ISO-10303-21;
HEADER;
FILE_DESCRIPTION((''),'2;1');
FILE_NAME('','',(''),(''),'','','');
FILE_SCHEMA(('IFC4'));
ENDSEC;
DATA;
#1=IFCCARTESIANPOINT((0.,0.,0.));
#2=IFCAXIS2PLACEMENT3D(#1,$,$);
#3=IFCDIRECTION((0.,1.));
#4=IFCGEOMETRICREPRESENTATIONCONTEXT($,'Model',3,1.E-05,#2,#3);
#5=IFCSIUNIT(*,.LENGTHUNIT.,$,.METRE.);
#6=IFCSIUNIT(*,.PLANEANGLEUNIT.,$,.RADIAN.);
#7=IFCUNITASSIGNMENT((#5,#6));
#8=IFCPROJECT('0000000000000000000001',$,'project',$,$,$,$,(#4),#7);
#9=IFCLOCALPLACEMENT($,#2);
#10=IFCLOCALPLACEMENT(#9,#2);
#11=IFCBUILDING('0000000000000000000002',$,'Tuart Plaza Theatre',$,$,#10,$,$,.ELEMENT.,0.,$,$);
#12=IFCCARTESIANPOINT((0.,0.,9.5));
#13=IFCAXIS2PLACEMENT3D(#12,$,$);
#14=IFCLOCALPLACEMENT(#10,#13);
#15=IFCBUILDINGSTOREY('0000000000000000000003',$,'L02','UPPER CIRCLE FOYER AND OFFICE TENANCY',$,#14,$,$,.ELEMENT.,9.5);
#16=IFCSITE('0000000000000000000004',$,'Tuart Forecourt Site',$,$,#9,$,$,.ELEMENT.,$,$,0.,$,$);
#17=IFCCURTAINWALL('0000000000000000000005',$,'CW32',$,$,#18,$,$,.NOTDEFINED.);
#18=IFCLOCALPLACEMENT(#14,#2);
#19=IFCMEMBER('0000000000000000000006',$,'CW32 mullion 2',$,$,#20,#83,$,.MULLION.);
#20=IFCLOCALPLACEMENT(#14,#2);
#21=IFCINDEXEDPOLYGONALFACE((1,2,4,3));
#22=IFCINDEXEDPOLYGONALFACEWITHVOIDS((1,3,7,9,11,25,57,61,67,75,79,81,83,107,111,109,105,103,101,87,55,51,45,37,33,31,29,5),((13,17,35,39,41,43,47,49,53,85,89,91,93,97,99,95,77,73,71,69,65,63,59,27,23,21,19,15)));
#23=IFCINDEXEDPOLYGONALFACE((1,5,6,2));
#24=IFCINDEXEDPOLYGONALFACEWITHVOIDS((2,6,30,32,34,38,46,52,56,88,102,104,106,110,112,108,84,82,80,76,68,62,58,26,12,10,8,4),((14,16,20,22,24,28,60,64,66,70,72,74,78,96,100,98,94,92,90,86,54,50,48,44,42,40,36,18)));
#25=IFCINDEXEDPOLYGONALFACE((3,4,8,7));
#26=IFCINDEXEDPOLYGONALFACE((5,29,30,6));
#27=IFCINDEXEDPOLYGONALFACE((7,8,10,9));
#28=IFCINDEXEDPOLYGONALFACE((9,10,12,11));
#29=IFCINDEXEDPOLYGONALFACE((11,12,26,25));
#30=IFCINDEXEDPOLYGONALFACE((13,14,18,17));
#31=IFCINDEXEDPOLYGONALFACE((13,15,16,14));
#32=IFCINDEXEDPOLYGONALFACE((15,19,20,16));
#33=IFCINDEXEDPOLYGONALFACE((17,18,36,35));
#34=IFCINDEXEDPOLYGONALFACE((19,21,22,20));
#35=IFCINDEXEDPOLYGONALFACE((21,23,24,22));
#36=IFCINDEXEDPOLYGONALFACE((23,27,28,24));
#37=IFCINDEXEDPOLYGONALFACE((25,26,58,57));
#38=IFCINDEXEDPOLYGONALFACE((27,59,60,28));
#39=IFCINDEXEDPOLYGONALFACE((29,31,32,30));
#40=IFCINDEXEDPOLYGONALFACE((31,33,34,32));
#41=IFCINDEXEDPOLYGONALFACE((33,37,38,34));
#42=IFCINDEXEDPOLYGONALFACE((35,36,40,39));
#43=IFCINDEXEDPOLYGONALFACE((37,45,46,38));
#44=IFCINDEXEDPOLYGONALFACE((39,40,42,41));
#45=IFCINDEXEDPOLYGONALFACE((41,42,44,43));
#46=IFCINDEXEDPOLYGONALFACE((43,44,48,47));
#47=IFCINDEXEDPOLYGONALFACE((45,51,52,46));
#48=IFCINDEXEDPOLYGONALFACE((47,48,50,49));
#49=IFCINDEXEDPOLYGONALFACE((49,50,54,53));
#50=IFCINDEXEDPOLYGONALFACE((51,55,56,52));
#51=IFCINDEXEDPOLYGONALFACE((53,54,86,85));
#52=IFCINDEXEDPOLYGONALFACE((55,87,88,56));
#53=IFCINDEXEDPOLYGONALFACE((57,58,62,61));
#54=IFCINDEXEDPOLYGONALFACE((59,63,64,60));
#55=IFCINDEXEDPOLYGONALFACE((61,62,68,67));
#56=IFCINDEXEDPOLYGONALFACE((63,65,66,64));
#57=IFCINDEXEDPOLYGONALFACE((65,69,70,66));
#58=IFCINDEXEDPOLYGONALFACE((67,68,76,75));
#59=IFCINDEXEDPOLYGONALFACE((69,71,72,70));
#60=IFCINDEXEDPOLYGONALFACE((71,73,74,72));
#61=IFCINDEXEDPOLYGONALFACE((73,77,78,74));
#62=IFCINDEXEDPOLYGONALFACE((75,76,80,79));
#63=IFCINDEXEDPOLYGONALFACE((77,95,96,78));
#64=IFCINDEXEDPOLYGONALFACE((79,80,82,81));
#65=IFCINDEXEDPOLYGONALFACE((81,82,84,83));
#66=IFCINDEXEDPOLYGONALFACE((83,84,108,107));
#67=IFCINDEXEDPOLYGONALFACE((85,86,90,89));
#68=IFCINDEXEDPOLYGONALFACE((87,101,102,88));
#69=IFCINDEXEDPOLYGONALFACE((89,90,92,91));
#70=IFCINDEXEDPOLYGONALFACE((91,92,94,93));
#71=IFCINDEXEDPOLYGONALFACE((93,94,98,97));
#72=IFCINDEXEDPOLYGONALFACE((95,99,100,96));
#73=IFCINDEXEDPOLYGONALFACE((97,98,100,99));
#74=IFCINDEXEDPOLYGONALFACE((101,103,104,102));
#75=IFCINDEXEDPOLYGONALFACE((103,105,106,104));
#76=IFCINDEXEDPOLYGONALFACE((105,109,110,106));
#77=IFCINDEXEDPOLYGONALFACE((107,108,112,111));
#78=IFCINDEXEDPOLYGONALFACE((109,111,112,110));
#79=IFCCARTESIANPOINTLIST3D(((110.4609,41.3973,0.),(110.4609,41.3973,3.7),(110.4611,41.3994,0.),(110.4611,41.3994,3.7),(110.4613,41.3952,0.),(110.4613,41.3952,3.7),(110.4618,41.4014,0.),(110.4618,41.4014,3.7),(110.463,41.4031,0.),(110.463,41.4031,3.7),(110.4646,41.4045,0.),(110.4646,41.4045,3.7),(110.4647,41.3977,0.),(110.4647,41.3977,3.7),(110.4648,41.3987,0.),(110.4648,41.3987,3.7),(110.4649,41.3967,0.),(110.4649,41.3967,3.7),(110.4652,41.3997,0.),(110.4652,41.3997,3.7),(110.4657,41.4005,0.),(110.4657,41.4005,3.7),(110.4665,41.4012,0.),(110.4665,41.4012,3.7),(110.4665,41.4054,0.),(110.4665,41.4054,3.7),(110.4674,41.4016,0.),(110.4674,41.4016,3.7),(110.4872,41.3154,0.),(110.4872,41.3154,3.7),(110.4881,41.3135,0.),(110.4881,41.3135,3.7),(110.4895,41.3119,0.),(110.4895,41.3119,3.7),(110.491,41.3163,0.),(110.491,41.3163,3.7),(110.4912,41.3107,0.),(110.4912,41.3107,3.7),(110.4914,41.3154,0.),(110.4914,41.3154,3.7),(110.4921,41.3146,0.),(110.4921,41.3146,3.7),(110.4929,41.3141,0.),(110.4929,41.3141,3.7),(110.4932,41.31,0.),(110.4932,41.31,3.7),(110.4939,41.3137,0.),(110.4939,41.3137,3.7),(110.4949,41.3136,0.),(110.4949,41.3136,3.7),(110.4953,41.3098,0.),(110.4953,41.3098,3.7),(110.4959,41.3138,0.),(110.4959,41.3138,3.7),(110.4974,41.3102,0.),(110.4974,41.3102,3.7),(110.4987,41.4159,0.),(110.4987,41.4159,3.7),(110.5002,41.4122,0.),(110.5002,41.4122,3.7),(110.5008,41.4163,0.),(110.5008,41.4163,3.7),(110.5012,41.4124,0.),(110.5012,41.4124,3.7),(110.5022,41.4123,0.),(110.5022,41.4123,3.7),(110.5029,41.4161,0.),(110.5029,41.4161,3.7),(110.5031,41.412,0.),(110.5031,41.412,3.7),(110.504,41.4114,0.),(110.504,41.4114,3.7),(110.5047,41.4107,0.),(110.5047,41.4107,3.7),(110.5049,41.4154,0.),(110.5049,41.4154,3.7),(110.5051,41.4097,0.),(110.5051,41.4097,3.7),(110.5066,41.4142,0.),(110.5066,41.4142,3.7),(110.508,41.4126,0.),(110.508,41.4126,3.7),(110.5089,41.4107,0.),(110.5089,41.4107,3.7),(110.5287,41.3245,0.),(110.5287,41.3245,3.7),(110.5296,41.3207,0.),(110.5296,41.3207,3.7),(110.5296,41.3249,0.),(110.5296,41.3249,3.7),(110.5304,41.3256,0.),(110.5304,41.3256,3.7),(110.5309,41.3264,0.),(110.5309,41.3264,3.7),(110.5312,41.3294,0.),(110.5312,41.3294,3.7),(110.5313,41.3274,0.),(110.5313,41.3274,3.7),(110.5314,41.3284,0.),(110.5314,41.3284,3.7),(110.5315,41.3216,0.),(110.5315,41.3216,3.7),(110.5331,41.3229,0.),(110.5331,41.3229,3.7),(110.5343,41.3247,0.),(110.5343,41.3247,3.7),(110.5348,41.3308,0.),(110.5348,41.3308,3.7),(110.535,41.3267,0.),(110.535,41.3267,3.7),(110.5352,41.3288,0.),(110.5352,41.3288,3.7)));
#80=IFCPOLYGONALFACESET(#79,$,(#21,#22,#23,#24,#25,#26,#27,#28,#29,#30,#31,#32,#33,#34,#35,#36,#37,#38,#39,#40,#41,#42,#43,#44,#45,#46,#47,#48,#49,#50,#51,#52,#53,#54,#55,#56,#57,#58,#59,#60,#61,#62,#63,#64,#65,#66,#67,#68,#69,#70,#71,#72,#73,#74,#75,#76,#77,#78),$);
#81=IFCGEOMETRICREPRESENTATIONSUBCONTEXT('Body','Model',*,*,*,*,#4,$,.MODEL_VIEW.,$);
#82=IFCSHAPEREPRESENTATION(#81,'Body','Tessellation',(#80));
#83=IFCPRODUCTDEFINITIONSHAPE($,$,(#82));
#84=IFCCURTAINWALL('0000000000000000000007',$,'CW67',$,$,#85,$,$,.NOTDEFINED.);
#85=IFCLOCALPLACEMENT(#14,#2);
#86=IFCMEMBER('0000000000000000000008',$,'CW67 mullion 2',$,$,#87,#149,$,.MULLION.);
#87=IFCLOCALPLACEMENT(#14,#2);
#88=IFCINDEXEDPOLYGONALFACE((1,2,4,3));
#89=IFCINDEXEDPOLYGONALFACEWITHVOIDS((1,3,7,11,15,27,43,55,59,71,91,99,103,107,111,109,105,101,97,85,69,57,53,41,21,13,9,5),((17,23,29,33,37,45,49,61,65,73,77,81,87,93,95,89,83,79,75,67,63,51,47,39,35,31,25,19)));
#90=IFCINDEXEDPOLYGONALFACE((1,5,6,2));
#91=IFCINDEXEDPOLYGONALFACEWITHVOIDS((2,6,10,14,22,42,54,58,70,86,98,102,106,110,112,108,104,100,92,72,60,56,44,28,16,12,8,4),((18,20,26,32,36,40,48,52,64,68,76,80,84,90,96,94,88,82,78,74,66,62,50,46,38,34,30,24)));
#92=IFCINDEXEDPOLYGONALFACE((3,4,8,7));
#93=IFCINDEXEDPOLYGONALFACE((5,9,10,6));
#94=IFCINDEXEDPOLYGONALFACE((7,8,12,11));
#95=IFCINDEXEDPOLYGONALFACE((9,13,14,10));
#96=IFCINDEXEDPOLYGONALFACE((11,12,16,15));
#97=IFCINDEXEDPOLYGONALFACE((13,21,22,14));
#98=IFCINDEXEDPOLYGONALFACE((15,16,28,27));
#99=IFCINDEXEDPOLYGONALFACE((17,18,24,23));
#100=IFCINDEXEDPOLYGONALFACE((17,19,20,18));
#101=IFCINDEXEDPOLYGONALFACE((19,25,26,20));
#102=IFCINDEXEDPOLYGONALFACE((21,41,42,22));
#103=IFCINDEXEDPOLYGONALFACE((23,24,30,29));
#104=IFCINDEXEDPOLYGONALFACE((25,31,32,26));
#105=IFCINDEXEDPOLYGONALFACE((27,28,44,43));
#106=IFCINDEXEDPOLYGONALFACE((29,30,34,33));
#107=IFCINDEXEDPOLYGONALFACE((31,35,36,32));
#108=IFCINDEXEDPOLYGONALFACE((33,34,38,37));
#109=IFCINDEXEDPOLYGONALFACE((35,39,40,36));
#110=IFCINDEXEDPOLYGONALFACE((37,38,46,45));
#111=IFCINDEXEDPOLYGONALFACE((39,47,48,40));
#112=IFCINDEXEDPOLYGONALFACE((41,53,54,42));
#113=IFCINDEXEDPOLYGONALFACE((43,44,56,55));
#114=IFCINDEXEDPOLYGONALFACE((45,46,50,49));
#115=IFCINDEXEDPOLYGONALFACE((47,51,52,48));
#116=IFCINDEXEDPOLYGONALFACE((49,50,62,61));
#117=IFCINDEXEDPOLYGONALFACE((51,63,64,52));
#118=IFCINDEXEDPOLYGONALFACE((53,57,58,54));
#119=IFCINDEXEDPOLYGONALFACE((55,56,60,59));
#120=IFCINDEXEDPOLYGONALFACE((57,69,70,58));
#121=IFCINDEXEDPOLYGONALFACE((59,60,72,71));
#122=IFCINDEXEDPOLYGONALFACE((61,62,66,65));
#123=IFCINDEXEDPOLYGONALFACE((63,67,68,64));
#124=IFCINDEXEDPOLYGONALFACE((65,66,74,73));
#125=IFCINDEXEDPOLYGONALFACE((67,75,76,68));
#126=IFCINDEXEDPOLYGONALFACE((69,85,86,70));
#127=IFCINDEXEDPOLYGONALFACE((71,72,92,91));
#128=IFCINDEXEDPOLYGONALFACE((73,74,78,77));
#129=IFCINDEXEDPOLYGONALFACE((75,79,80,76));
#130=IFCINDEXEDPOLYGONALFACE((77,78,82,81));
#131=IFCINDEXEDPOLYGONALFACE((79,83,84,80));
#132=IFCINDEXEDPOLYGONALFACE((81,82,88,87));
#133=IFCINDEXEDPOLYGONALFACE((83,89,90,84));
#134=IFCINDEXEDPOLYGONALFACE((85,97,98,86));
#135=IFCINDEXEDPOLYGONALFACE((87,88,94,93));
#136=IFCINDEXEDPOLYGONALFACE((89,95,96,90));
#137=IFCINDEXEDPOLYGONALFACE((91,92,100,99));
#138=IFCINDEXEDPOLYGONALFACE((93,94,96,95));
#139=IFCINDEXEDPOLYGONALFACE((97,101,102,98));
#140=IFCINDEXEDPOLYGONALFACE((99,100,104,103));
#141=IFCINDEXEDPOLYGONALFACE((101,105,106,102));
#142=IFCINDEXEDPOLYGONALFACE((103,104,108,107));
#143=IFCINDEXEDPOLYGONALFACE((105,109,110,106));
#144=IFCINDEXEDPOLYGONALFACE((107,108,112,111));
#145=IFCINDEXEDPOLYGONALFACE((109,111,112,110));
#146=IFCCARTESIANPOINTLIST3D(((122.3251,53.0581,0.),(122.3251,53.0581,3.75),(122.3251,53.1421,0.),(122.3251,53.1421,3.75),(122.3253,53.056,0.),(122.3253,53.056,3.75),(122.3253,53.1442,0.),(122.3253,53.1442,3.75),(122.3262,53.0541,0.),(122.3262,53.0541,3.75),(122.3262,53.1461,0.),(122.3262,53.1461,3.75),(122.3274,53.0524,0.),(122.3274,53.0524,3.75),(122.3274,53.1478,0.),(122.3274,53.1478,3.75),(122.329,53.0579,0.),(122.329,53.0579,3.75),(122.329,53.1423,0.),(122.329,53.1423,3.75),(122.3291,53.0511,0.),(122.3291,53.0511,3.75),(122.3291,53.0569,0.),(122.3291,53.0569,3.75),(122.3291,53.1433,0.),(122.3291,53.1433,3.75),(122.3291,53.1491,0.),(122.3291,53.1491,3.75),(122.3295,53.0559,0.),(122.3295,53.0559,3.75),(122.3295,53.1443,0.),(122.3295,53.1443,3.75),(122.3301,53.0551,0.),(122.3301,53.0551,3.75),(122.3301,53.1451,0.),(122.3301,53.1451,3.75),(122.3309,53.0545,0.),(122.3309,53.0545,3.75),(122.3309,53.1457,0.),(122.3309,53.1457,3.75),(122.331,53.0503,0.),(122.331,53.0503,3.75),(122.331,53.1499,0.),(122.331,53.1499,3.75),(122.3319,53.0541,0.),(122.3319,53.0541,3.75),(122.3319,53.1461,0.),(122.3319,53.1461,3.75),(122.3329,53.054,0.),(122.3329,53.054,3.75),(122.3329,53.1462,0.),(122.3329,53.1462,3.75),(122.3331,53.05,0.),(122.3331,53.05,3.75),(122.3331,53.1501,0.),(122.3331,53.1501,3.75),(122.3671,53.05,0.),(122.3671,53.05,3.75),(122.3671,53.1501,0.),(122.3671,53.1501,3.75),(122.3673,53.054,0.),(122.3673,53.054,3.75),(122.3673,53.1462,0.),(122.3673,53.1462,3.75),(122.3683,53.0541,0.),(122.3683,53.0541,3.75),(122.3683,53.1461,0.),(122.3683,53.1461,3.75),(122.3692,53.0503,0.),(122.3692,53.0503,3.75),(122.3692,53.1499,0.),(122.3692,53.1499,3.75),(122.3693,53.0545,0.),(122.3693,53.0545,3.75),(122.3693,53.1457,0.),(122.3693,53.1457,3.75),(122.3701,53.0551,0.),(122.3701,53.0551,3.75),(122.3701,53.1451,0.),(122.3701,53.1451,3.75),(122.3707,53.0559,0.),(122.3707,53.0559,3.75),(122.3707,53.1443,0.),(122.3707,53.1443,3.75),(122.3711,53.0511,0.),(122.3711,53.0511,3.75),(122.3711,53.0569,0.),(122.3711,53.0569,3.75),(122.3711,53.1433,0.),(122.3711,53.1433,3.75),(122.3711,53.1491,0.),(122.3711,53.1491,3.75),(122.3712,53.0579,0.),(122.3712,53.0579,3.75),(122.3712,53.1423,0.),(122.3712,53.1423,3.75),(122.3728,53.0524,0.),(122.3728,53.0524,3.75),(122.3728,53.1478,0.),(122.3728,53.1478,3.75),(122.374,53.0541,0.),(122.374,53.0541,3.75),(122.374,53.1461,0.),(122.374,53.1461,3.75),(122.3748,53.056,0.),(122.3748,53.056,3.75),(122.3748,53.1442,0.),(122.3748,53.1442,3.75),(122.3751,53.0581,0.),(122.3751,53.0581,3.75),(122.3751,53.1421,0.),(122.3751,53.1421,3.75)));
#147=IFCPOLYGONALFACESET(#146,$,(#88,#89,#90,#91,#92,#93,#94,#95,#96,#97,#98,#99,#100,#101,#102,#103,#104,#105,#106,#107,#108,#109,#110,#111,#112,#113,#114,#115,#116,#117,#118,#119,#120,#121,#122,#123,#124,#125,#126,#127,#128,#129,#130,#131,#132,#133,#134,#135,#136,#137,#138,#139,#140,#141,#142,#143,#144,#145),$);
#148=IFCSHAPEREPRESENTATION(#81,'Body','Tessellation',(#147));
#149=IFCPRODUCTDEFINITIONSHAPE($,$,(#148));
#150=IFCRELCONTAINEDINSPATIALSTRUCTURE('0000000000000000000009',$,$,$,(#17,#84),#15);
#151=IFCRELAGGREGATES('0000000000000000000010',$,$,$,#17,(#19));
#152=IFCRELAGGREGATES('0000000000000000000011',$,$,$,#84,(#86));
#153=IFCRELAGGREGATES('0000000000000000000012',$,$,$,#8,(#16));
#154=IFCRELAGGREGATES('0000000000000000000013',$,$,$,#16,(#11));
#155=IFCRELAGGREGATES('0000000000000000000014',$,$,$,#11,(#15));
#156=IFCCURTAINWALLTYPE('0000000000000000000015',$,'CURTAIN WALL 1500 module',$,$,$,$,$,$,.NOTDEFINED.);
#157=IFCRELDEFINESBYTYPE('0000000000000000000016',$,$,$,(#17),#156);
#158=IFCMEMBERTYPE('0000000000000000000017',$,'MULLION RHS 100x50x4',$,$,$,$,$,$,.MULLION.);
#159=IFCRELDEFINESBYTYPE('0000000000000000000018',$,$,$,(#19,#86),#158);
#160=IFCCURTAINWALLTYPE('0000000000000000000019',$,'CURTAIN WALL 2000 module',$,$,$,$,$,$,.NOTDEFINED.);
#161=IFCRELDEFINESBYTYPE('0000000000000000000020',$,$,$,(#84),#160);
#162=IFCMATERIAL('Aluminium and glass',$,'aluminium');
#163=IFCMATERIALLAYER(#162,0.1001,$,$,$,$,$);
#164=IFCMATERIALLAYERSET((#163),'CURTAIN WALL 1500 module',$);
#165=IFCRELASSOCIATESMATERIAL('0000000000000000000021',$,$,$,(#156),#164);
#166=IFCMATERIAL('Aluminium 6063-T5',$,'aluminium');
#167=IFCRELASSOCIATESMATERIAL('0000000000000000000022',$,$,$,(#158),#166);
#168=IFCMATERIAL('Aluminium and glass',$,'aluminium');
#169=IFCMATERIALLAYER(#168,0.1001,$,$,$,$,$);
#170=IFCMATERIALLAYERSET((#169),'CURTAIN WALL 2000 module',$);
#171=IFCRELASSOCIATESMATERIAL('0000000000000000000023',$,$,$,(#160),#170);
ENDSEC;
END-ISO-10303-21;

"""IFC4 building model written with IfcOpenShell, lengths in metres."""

from ifc_helpers import new_model, si_unit, direction, frame, origin, origin_2d, place, context, subcontext, project, spatial, hollow_rectangle, extrude, material, layer, layer_set, material_profile, profile_set, type_object, element, aggregate, save


model = new_model("IFC4")

# Units and contexts
model_context = context("Model", 3, precision=1e-05, world=origin(), true_north=direction((0.0, 1.0)))
body_context = subcontext(model_context, "Body", "Model", "MODEL_VIEW")
ifc_project = project(units=[si_unit("LENGTHUNIT", "METRE"), si_unit("PLANEANGLEUNIT", "RADIAN")], contexts=[model_context])

# Site, building, storey
site_placement = place(None, origin())
site = spatial("IfcSite", under=ifc_project, at=site_placement, Name="Tuart Forecourt Site", CompositionType="ELEMENT", RefElevation=0.0)
building_placement = place(site_placement, origin())
building = spatial("IfcBuilding", under=site, at=building_placement, Name="Tuart Plaza Theatre", CompositionType="ELEMENT", ElevationOfRefHeight=0.0)
storey_placement = place(building_placement, frame((0.0, 0.0, 9.5)))
storey = spatial("IfcBuildingStorey", under=building, at=storey_placement, Name="L02", Description="UPPER CIRCLE FOYER AND OFFICE TENANCY", CompositionType="ELEMENT", Elevation=9.5)

# Curtain wall, member
ifc_material_1 = material(Name="Aluminium and glass", Category="aluminium")
ifc_layer_1 = layer(ifc_material_1, 0.1001)
ifc_layer_set_1 = layer_set([ifc_layer_1], Name="CURTAIN WALL 1500 module")
curtain_wall_type_1 = type_object("IfcCurtainWallType", Name="CURTAIN WALL 1500 module", PredefinedType="NOTDEFINED", material=ifc_layer_set_1)
curtain_wall_1_placement = place(storey_placement, origin())
curtain_wall_1 = element("IfcCurtainWall", 1, at=curtain_wall_1_placement, inside=storey, type_object=curtain_wall_type_1, Name="CW32", PredefinedType="NOTDEFINED")
ifc_material_2 = material(Name="Aluminium 6063-T5", Category="aluminium")
ifc_material_profile_1 = material_profile(ifc_material_2, hollow_rectangle(XDim=0.05, YDim=0.1001, WallThickness=0.0039, InnerFilletRadius=0.0039, OuterFilletRadius=0.0081, at=origin_2d()), Name="RHS 100x50x4")
ifc_profile_set_1 = profile_set([ifc_material_profile_1], Name="Aluminium 6063-T5")
member_type_1 = type_object("IfcMemberType", Name="MULLION RHS 100x50x4", PredefinedType="MULLION", material=ifc_profile_set_1)
member_1_placement = place(storey_placement, frame((110.498, 41.363, 0.0), z_axis=(0.0, 0.0, 1.0), x_axis=(0.951122, 0.308815, 0.0)))
member_1 = element("IfcMember", 2, at=member_1_placement, type_object=member_type_1, Name="CW32 mullion 2", PredefinedType="MULLION", context=body_context, shape_type="SweptSolid", body=[
    extrude(hollow_rectangle(XDim=0.05, YDim=0.1001, WallThickness=0.0039, InnerFilletRadius=0.0039, OuterFilletRadius=0.0081, at=origin_2d()), origin(), (0.0, 0.0, 1.0), 3.7),
])

# Curtain wall, member
ifc_material_3 = material(Name="Aluminium and glass", Category="aluminium")
ifc_layer_2 = layer(ifc_material_3, 0.1001)
ifc_layer_set_2 = layer_set([ifc_layer_2], Name="CURTAIN WALL 2000 module")
curtain_wall_type_2 = type_object("IfcCurtainWallType", Name="CURTAIN WALL 2000 module", PredefinedType="NOTDEFINED", material=ifc_layer_set_2)
curtain_wall_2_placement = place(storey_placement, origin())
curtain_wall_2 = element("IfcCurtainWall", 3, at=curtain_wall_2_placement, inside=storey, type_object=curtain_wall_type_2, Name="CW67", PredefinedType="NOTDEFINED")
member_2_placement = place(storey_placement, frame((122.3501, 53.1001, 0.0), z_axis=(0.0, 0.0, 1.0), x_axis=(1.0, 0.0, 0.0)))
member_2 = element("IfcMember", 4, at=member_2_placement, type_object=member_type_1, Name="CW67 mullion 2", PredefinedType="MULLION", context=body_context, shape_type="SweptSolid", body=[
    extrude(hollow_rectangle(XDim=0.05, YDim=0.1001, WallThickness=0.0039, InnerFilletRadius=0.0039, OuterFilletRadius=0.0081, at=origin_2d()), origin(), (0.0, 0.0, 1.0), 3.75),
])

aggregate(curtain_wall_1, [member_1])
aggregate(curtain_wall_2, [member_2])

save(model, "model.ifc")
